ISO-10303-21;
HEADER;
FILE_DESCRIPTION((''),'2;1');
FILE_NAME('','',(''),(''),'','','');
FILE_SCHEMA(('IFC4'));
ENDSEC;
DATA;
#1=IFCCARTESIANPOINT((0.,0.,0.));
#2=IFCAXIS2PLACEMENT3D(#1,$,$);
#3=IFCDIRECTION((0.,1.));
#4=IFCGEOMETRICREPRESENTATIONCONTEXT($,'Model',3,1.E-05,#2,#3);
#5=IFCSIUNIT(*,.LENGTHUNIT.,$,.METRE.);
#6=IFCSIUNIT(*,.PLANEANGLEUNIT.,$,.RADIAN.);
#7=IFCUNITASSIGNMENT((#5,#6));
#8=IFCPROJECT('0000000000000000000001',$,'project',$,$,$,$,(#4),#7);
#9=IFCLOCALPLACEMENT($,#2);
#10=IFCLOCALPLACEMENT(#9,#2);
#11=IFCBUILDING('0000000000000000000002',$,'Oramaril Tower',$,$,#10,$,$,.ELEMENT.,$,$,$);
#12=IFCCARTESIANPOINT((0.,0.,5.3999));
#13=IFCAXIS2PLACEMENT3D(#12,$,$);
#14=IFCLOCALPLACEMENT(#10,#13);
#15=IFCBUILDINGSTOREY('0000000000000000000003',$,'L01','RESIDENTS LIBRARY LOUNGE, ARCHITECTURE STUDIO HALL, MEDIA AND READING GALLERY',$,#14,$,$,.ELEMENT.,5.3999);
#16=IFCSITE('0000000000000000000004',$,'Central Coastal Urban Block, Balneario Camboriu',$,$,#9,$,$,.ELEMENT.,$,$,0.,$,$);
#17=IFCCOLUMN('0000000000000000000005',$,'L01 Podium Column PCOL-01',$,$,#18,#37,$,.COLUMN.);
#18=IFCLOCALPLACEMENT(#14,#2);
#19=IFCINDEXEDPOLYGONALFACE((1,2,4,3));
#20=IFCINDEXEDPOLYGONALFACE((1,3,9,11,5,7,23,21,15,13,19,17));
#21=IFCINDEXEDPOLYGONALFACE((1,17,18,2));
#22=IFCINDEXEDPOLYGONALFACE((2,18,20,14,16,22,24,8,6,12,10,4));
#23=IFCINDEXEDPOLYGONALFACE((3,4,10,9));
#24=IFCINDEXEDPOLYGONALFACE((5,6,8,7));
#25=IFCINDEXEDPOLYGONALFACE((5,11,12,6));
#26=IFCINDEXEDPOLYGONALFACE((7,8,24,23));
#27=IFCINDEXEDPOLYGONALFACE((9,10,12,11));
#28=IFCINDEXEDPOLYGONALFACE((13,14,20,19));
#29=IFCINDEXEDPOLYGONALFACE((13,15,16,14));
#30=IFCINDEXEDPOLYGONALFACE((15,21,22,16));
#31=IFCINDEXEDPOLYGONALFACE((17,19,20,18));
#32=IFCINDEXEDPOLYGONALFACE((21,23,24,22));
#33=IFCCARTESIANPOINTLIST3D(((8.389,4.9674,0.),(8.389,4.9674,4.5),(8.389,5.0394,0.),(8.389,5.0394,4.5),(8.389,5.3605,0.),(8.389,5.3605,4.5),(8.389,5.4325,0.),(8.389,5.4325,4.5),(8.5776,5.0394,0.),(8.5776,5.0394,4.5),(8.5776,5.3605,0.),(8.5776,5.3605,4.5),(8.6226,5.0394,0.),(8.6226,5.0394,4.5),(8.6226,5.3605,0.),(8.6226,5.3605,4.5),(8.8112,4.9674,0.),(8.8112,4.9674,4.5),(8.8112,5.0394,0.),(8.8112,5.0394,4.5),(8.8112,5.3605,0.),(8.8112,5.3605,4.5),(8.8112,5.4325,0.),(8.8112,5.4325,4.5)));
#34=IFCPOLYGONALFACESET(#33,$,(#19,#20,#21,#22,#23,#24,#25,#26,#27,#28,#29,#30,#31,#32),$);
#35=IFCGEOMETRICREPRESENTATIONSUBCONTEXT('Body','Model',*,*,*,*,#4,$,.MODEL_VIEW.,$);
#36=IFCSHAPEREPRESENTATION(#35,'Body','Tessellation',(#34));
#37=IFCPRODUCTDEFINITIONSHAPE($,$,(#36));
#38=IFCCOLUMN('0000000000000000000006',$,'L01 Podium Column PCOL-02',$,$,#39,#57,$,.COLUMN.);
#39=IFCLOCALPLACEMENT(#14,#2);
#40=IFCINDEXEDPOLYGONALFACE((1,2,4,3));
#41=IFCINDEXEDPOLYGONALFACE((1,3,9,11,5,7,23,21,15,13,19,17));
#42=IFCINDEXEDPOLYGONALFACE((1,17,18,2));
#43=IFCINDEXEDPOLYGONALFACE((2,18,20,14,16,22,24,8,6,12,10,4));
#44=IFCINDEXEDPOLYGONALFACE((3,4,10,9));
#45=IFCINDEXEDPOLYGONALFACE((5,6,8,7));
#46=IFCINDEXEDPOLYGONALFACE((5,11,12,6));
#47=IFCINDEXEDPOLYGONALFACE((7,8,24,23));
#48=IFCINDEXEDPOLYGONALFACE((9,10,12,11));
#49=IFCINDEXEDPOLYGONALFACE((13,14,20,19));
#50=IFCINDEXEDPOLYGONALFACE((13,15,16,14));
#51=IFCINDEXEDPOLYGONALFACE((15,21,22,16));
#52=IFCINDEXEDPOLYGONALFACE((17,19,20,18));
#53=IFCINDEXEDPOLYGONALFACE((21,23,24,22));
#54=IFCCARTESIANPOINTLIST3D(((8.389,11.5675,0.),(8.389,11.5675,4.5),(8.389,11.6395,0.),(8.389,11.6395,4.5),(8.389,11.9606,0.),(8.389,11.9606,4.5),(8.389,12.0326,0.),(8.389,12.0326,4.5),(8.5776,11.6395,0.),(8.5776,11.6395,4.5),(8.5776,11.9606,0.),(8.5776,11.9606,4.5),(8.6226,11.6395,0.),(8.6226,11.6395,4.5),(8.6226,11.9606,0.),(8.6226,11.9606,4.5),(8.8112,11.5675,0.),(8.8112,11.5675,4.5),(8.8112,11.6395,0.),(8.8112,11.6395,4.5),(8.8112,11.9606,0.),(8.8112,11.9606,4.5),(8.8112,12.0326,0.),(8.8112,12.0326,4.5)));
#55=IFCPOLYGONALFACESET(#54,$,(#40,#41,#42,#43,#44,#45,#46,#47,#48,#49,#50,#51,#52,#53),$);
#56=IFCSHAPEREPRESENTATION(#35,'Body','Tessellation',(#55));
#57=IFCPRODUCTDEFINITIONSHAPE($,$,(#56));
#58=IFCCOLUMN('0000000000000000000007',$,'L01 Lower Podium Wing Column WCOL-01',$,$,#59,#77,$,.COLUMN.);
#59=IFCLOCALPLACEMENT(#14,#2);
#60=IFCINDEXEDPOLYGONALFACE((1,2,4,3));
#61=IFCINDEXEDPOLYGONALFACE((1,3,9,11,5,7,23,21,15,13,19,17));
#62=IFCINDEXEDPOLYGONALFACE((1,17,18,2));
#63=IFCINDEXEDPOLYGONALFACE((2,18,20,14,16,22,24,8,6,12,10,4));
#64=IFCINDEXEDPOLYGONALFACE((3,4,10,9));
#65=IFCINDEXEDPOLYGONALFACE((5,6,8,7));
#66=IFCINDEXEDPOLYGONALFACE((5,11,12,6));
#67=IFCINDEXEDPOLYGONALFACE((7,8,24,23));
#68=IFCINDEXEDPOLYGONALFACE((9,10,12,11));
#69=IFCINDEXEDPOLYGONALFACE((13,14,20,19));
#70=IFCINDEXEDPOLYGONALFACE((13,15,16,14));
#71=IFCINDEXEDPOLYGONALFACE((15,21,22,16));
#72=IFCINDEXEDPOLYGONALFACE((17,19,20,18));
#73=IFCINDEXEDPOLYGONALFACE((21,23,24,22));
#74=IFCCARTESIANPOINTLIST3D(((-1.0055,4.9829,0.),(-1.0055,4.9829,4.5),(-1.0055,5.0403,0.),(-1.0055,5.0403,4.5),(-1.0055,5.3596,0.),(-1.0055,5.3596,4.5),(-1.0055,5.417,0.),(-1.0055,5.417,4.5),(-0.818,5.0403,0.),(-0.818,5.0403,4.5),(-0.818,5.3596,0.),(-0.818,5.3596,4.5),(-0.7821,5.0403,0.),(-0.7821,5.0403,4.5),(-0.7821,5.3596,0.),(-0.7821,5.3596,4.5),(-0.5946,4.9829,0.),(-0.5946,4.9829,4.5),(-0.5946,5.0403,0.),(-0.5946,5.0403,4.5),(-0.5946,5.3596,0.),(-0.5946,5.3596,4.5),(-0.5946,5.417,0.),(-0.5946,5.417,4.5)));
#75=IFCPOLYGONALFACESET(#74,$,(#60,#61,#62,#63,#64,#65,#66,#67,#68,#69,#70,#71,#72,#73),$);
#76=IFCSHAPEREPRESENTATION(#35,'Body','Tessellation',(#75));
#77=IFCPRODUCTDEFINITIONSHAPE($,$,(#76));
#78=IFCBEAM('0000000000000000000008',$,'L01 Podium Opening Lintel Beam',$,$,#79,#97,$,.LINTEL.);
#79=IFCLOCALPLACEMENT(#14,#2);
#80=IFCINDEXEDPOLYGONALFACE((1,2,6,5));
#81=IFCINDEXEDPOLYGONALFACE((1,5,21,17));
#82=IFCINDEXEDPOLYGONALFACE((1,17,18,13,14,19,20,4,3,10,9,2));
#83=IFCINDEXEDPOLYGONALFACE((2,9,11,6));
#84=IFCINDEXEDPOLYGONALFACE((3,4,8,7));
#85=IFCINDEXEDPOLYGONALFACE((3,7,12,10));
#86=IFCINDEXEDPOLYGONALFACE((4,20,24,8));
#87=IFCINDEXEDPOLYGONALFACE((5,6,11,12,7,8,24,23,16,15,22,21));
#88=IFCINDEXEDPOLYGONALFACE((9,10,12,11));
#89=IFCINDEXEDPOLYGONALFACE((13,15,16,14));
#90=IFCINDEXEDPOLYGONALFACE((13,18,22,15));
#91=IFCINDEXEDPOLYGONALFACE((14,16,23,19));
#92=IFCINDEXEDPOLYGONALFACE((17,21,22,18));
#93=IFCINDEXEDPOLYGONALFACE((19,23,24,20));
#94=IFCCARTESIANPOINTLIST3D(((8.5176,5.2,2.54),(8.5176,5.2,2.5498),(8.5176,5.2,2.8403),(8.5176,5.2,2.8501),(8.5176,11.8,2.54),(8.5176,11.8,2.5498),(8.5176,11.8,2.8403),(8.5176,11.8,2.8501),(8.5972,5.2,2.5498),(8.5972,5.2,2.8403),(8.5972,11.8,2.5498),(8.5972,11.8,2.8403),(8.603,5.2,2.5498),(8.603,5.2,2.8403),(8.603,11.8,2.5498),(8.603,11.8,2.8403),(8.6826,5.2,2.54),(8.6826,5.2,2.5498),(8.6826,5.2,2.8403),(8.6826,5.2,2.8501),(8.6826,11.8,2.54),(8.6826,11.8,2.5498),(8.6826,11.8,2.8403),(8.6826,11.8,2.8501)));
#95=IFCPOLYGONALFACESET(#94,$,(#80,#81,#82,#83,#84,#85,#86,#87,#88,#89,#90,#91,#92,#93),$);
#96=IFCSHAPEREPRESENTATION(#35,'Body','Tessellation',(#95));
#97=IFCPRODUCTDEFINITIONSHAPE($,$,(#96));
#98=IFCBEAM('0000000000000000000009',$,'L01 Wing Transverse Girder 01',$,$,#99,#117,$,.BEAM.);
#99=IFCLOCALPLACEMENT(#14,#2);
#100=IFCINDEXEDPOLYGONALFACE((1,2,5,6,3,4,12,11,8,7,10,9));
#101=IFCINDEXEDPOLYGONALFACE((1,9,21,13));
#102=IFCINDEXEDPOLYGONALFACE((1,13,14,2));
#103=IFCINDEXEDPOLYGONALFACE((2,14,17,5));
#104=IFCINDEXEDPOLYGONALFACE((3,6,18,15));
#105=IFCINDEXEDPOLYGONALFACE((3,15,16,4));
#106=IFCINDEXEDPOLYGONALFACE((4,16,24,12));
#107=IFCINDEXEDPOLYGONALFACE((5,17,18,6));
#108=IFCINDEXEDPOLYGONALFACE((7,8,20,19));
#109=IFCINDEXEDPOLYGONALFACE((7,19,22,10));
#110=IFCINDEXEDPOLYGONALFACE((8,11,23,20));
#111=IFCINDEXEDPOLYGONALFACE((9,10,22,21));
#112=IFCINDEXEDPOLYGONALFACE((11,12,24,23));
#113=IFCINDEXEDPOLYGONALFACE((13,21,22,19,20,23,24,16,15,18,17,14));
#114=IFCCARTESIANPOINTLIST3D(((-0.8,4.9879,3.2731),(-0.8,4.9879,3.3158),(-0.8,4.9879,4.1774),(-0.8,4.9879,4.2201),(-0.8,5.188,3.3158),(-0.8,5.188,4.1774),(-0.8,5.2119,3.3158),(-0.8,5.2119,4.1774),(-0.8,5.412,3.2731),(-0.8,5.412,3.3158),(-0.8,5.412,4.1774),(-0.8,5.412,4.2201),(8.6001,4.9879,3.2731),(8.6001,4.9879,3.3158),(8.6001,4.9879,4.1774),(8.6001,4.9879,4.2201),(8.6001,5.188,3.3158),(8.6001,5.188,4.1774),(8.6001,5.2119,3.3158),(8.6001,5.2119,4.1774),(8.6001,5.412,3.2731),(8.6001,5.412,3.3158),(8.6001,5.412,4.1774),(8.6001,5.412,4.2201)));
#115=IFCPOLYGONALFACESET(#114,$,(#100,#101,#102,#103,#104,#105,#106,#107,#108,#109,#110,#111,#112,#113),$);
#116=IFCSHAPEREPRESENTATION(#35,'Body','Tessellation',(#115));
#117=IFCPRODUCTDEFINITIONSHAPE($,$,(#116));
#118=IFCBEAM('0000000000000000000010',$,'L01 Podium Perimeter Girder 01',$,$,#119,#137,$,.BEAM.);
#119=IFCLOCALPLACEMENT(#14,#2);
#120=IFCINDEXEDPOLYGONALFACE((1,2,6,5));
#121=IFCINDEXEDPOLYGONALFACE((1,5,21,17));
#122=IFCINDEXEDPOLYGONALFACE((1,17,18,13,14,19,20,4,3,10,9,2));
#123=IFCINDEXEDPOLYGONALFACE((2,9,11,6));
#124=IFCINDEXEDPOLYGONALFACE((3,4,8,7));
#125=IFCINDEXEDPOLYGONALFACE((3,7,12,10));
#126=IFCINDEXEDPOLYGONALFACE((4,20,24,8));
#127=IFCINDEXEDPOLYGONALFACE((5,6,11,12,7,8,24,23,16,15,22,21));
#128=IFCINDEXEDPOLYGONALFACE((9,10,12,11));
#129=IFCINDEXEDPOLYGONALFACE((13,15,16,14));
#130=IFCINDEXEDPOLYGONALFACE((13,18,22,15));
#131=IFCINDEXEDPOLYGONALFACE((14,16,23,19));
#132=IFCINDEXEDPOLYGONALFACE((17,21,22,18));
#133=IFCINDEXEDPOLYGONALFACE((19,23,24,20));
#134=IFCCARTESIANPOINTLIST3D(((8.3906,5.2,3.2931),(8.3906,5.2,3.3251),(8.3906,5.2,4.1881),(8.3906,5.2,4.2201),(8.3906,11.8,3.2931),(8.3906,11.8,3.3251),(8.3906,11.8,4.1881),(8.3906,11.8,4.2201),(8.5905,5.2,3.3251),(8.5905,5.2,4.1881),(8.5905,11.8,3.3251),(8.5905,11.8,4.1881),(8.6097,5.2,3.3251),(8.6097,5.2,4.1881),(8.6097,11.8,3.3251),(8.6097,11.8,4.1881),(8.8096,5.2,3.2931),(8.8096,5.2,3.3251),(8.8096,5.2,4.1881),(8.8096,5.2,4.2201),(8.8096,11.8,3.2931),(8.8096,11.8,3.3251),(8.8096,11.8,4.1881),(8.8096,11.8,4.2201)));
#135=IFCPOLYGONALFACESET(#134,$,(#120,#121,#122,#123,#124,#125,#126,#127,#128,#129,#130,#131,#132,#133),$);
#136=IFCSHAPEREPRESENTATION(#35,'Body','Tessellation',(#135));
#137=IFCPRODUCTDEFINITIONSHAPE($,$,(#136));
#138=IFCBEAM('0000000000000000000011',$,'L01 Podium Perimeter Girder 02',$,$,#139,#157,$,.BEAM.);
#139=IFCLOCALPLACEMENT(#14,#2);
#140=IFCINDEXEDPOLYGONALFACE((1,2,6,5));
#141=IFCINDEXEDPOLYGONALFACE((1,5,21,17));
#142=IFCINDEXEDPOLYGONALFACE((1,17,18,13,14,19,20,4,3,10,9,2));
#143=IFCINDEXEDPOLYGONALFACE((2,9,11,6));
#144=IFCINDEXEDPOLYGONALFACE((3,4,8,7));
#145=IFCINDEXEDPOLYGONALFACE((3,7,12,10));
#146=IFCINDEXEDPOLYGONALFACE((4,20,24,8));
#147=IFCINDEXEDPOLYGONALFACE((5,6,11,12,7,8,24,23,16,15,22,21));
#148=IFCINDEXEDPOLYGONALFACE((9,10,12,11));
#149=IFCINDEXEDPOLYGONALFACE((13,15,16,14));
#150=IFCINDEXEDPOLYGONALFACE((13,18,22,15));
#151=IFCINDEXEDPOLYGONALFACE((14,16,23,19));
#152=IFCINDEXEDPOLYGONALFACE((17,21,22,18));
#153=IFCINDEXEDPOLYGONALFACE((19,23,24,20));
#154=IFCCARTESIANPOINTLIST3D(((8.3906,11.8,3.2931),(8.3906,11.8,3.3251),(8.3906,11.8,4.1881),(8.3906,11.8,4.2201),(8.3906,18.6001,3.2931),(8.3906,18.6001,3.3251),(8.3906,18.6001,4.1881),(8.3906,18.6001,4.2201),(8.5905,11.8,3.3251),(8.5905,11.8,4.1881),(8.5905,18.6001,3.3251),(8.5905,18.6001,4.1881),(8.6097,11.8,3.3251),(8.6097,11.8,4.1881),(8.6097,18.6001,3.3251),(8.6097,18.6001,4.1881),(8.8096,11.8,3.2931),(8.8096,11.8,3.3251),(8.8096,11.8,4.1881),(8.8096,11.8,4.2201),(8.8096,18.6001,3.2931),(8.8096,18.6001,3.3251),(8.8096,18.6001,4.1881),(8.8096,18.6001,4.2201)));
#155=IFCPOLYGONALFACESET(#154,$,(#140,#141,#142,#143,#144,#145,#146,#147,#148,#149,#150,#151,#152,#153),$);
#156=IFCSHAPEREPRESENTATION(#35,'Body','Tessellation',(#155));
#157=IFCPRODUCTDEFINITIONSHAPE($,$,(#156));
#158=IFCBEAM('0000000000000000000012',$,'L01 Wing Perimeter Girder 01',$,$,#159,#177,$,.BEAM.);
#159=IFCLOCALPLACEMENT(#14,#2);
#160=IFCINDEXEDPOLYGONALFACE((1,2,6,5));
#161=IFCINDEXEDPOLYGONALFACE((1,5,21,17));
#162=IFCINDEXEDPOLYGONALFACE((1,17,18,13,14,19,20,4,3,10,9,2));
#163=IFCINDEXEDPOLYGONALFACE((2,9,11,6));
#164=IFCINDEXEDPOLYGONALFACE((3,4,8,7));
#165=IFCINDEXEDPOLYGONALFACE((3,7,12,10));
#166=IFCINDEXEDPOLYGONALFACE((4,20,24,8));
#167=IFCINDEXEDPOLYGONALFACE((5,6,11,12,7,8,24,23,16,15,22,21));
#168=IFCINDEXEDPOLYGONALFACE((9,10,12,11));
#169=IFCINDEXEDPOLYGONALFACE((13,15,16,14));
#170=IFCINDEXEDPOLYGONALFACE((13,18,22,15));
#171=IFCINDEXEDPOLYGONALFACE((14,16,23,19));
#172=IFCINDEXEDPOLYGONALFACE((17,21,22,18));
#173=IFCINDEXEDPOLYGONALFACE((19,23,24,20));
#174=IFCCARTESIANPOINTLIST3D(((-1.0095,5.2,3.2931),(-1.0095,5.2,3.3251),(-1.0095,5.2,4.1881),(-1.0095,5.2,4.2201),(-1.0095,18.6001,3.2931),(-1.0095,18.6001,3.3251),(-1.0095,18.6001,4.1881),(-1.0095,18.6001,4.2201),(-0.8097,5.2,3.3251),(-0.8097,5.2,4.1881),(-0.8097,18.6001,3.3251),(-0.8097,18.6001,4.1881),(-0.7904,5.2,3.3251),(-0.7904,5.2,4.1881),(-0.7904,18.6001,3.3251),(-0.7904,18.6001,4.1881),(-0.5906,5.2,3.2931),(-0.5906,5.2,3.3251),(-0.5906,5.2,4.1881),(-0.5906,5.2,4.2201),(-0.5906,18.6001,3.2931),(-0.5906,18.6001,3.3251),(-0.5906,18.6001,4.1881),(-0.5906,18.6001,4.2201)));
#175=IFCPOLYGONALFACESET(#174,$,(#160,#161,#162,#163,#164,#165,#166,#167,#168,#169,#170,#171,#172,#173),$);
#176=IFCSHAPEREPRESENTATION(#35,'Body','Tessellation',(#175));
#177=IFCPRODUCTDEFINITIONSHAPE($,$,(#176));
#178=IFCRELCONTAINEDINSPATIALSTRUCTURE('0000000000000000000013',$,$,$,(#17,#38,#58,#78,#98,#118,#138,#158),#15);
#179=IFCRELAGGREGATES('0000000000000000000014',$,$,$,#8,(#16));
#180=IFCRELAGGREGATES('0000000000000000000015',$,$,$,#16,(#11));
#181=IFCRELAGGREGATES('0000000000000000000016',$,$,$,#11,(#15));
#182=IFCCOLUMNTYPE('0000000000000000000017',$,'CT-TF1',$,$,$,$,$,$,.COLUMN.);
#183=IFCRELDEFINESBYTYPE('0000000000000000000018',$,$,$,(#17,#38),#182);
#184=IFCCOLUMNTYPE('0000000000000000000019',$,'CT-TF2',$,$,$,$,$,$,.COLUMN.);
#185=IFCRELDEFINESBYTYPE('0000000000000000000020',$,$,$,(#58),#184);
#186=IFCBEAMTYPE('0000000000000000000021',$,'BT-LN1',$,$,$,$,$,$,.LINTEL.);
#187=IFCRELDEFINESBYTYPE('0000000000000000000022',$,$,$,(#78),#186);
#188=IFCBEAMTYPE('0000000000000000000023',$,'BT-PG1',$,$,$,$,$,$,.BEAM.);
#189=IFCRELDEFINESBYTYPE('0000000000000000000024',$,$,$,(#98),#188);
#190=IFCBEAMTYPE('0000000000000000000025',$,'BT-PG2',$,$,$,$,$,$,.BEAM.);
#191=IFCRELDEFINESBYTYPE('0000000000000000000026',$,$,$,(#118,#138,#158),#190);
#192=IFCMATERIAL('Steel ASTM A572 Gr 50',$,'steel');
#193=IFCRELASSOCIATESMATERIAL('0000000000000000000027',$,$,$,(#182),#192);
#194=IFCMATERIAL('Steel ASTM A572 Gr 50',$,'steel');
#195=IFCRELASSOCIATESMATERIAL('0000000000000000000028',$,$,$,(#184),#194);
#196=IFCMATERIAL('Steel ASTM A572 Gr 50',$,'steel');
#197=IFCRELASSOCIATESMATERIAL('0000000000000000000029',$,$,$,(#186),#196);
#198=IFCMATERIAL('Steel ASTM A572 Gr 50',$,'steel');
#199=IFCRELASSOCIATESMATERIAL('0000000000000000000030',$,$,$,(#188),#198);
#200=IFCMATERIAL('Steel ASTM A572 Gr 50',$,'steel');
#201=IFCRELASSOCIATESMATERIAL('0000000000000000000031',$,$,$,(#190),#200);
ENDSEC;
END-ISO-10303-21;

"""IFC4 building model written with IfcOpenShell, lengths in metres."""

from ifc_helpers import new_model, si_unit, direction, frame, origin, origin_2d, place, context, subcontext, project, spatial, i_section, extrude, material, material_profile, profile_set, type_object, element, save


model = new_model("IFC4")

# Units and contexts
model_context = context("Model", 3, precision=1e-05, world=origin(), true_north=direction((0.0, 1.0)))
body_context = subcontext(model_context, "Body", "Model", "MODEL_VIEW")
ifc_project = project(units=[si_unit("LENGTHUNIT", "METRE"), si_unit("PLANEANGLEUNIT", "RADIAN")], contexts=[model_context])

# Site, building, storey
site_placement = place(None, origin())
site = spatial("IfcSite", under=ifc_project, at=site_placement, Name="Central Coastal Urban Block, Balneario Camboriu", CompositionType="ELEMENT", RefElevation=0.0)
building_placement = place(site_placement, origin())
building = spatial("IfcBuilding", under=site, at=building_placement, Name="Oramaril Tower", CompositionType="ELEMENT")
storey_placement = place(building_placement, frame((0.0, 0.0, 5.3999)))
storey = spatial("IfcBuildingStorey", under=building, at=storey_placement, Name="L01", Description="RESIDENTS LIBRARY LOUNGE, ARCHITECTURE STUDIO HALL, MEDIA AND READING GALLERY", CompositionType="ELEMENT", Elevation=5.3999)

# Columns
ifc_material_1 = material(Name="Steel ASTM A572 Gr 50", Category="steel")
ifc_material_profile_1 = material_profile(ifc_material_1, i_section(OverallWidth=0.4221, OverallDepth=0.4651, WebThickness=0.0449, FlangeThickness=0.072, at=origin_2d()), Name="W14X398")
ifc_profile_set_1 = profile_set([ifc_material_profile_1], Name="Steel ASTM A572 Gr 50")
column_type_1 = type_object("IfcColumnType", Name="CT-TF1", PredefinedType="COLUMN", material=ifc_profile_set_1)
for number, where, z_axis, x_axis, name in (
    (1, (8.6001, 5.2, 0.0), (0.0, 0.0, 1.0), (1.0, 0.0, 0.0), "L01 Podium Column PCOL-01"),
    (2, (8.6001, 11.8, 0.0), (0.0, 0.0, 1.0), (1.0, 0.0, 0.0), "L01 Podium Column PCOL-02"),
):
    element("IfcColumn", number, at=place(storey_placement, frame(where, z_axis=z_axis, x_axis=x_axis)), inside=storey, type_object=column_type_1, Name=name, PredefinedType="COLUMN", context=body_context, shape_type="SweptSolid", body=[
        extrude(i_section(OverallWidth=0.4221, OverallDepth=0.4651, WebThickness=0.0449, FlangeThickness=0.072, at=origin_2d()), origin(), (0.0, 0.0, 1.0), 4.5),
    ])
ifc_material_2 = material(Name="Steel ASTM A572 Gr 50", Category="steel")
ifc_material_profile_2 = material_profile(ifc_material_2, i_section(OverallWidth=0.4109, OverallDepth=0.4341, WebThickness=0.0359, FlangeThickness=0.0574, at=origin_2d()), Name="W14X311")
ifc_profile_set_2 = profile_set([ifc_material_profile_2], Name="Steel ASTM A572 Gr 50")
column_type_2 = type_object("IfcColumnType", Name="CT-TF2", PredefinedType="COLUMN", material=ifc_profile_set_2)
column_placement = place(storey_placement, frame((-0.8, 5.2, 0.0), z_axis=(0.0, 0.0, 1.0), x_axis=(1.0, 0.0, 0.0)))
element("IfcColumn", 3, at=column_placement, inside=storey, type_object=column_type_2, Name="L01 Lower Podium Wing Column WCOL-01", PredefinedType="COLUMN", context=body_context, shape_type="SweptSolid", body=[
    extrude(i_section(OverallWidth=0.4109, OverallDepth=0.4341, WebThickness=0.0359, FlangeThickness=0.0574, at=origin_2d()), origin(), (0.0, 0.0, 1.0), 4.5),
])

# Beams
ifc_material_3 = material(Name="Steel ASTM A572 Gr 50", Category="steel")
ifc_material_profile_3 = material_profile(ifc_material_3, i_section(OverallWidth=0.165, OverallDepth=0.3101, WebThickness=0.0059, FlangeThickness=0.0098, at=origin_2d()), Name="W12X26")
ifc_profile_set_3 = profile_set([ifc_material_profile_3], Name="Steel ASTM A572 Gr 50")
beam_type_1 = type_object("IfcBeamType", Name="BT-LN1", PredefinedType="LINTEL", material=ifc_profile_set_3)
beam_1_placement = place(storey_placement, frame((8.6001, 5.2, 2.6951), z_axis=(0.0, 1.0, 0.0), x_axis=(-1.0, 0.0, 0.0)))
element("IfcBeam", 4, at=beam_1_placement, inside=storey, type_object=beam_type_1, Name="L01 Podium Opening Lintel Beam", PredefinedType="LINTEL", context=body_context, shape_type="SweptSolid", body=[
    extrude(i_section(OverallWidth=0.165, OverallDepth=0.3101, WebThickness=0.0059, FlangeThickness=0.0098, at=origin_2d()), origin(), (0.0, 0.0, 1.0), 6.6001),
])
ifc_material_4 = material(Name="Steel ASTM A572 Gr 50", Category="steel")
ifc_material_profile_4 = material_profile(ifc_material_4, i_section(OverallWidth=0.4241, OverallDepth=0.947, WebThickness=0.0239, FlangeThickness=0.0427, at=origin_2d()), Name="W36X302")
ifc_profile_set_4 = profile_set([ifc_material_profile_4], Name="Steel ASTM A572 Gr 50")
beam_type_2 = type_object("IfcBeamType", Name="BT-PG1", PredefinedType="BEAM", material=ifc_profile_set_4)
beam_2_placement = place(storey_placement, frame((-0.8, 5.2, 3.7466), z_axis=(1.0, 0.0, 0.0), x_axis=(0.0, 1.0, 0.0)))
element("IfcBeam", 5, at=beam_2_placement, inside=storey, type_object=beam_type_2, Name="L01 Wing Transverse Girder 01", PredefinedType="BEAM", context=body_context, shape_type="SweptSolid", body=[
    extrude(i_section(OverallWidth=0.4241, OverallDepth=0.947, WebThickness=0.0239, FlangeThickness=0.0427, at=origin_2d()), origin(), (0.0, 0.0, 1.0), 9.4001),
])
ifc_material_5 = material(Name="Steel ASTM A572 Gr 50", Category="steel")
ifc_material_profile_5 = material_profile(ifc_material_5, i_section(OverallWidth=0.4189, OverallDepth=0.927, WebThickness=0.0193, FlangeThickness=0.032, at=origin_2d()), Name="W36X231")
ifc_profile_set_5 = profile_set([ifc_material_profile_5], Name="Steel ASTM A572 Gr 50")
beam_type_3 = type_object("IfcBeamType", Name="BT-PG2", PredefinedType="BEAM", material=ifc_profile_set_5)
beam_3_placement = place(storey_placement, frame((8.6001, 5.2, 3.7566), z_axis=(0.0, 1.0, 0.0), x_axis=(-1.0, 0.0, 0.0)))
element("IfcBeam", 6, at=beam_3_placement, inside=storey, type_object=beam_type_3, Name="L01 Podium Perimeter Girder 01", PredefinedType="BEAM", context=body_context, shape_type="SweptSolid", body=[
    extrude(i_section(OverallWidth=0.4189, OverallDepth=0.927, WebThickness=0.0193, FlangeThickness=0.032, at=origin_2d()), origin(), (0.0, 0.0, 1.0), 6.6001),
])
beam_4_placement = place(storey_placement, frame((8.6001, 11.8, 3.7566), z_axis=(0.0, 1.0, 0.0), x_axis=(-1.0, 0.0, 0.0)))
element("IfcBeam", 7, at=beam_4_placement, inside=storey, type_object=beam_type_3, Name="L01 Podium Perimeter Girder 02", PredefinedType="BEAM", context=body_context, shape_type="SweptSolid", body=[
    extrude(i_section(OverallWidth=0.4189, OverallDepth=0.927, WebThickness=0.0193, FlangeThickness=0.032, at=origin_2d()), origin(), (0.0, 0.0, 1.0), 6.8),
])
beam_5_placement = place(storey_placement, frame((-0.8, 5.2, 3.7566), z_axis=(0.0, 1.0, 0.0), x_axis=(-1.0, 0.0, 0.0)))
element("IfcBeam", 8, at=beam_5_placement, inside=storey, type_object=beam_type_3, Name="L01 Wing Perimeter Girder 01", PredefinedType="BEAM", context=body_context, shape_type="SweptSolid", body=[
    extrude(i_section(OverallWidth=0.4189, OverallDepth=0.927, WebThickness=0.0193, FlangeThickness=0.032, at=origin_2d()), origin(), (0.0, 0.0, 1.0), 13.4001),
])

save(model, "model.ifc")
